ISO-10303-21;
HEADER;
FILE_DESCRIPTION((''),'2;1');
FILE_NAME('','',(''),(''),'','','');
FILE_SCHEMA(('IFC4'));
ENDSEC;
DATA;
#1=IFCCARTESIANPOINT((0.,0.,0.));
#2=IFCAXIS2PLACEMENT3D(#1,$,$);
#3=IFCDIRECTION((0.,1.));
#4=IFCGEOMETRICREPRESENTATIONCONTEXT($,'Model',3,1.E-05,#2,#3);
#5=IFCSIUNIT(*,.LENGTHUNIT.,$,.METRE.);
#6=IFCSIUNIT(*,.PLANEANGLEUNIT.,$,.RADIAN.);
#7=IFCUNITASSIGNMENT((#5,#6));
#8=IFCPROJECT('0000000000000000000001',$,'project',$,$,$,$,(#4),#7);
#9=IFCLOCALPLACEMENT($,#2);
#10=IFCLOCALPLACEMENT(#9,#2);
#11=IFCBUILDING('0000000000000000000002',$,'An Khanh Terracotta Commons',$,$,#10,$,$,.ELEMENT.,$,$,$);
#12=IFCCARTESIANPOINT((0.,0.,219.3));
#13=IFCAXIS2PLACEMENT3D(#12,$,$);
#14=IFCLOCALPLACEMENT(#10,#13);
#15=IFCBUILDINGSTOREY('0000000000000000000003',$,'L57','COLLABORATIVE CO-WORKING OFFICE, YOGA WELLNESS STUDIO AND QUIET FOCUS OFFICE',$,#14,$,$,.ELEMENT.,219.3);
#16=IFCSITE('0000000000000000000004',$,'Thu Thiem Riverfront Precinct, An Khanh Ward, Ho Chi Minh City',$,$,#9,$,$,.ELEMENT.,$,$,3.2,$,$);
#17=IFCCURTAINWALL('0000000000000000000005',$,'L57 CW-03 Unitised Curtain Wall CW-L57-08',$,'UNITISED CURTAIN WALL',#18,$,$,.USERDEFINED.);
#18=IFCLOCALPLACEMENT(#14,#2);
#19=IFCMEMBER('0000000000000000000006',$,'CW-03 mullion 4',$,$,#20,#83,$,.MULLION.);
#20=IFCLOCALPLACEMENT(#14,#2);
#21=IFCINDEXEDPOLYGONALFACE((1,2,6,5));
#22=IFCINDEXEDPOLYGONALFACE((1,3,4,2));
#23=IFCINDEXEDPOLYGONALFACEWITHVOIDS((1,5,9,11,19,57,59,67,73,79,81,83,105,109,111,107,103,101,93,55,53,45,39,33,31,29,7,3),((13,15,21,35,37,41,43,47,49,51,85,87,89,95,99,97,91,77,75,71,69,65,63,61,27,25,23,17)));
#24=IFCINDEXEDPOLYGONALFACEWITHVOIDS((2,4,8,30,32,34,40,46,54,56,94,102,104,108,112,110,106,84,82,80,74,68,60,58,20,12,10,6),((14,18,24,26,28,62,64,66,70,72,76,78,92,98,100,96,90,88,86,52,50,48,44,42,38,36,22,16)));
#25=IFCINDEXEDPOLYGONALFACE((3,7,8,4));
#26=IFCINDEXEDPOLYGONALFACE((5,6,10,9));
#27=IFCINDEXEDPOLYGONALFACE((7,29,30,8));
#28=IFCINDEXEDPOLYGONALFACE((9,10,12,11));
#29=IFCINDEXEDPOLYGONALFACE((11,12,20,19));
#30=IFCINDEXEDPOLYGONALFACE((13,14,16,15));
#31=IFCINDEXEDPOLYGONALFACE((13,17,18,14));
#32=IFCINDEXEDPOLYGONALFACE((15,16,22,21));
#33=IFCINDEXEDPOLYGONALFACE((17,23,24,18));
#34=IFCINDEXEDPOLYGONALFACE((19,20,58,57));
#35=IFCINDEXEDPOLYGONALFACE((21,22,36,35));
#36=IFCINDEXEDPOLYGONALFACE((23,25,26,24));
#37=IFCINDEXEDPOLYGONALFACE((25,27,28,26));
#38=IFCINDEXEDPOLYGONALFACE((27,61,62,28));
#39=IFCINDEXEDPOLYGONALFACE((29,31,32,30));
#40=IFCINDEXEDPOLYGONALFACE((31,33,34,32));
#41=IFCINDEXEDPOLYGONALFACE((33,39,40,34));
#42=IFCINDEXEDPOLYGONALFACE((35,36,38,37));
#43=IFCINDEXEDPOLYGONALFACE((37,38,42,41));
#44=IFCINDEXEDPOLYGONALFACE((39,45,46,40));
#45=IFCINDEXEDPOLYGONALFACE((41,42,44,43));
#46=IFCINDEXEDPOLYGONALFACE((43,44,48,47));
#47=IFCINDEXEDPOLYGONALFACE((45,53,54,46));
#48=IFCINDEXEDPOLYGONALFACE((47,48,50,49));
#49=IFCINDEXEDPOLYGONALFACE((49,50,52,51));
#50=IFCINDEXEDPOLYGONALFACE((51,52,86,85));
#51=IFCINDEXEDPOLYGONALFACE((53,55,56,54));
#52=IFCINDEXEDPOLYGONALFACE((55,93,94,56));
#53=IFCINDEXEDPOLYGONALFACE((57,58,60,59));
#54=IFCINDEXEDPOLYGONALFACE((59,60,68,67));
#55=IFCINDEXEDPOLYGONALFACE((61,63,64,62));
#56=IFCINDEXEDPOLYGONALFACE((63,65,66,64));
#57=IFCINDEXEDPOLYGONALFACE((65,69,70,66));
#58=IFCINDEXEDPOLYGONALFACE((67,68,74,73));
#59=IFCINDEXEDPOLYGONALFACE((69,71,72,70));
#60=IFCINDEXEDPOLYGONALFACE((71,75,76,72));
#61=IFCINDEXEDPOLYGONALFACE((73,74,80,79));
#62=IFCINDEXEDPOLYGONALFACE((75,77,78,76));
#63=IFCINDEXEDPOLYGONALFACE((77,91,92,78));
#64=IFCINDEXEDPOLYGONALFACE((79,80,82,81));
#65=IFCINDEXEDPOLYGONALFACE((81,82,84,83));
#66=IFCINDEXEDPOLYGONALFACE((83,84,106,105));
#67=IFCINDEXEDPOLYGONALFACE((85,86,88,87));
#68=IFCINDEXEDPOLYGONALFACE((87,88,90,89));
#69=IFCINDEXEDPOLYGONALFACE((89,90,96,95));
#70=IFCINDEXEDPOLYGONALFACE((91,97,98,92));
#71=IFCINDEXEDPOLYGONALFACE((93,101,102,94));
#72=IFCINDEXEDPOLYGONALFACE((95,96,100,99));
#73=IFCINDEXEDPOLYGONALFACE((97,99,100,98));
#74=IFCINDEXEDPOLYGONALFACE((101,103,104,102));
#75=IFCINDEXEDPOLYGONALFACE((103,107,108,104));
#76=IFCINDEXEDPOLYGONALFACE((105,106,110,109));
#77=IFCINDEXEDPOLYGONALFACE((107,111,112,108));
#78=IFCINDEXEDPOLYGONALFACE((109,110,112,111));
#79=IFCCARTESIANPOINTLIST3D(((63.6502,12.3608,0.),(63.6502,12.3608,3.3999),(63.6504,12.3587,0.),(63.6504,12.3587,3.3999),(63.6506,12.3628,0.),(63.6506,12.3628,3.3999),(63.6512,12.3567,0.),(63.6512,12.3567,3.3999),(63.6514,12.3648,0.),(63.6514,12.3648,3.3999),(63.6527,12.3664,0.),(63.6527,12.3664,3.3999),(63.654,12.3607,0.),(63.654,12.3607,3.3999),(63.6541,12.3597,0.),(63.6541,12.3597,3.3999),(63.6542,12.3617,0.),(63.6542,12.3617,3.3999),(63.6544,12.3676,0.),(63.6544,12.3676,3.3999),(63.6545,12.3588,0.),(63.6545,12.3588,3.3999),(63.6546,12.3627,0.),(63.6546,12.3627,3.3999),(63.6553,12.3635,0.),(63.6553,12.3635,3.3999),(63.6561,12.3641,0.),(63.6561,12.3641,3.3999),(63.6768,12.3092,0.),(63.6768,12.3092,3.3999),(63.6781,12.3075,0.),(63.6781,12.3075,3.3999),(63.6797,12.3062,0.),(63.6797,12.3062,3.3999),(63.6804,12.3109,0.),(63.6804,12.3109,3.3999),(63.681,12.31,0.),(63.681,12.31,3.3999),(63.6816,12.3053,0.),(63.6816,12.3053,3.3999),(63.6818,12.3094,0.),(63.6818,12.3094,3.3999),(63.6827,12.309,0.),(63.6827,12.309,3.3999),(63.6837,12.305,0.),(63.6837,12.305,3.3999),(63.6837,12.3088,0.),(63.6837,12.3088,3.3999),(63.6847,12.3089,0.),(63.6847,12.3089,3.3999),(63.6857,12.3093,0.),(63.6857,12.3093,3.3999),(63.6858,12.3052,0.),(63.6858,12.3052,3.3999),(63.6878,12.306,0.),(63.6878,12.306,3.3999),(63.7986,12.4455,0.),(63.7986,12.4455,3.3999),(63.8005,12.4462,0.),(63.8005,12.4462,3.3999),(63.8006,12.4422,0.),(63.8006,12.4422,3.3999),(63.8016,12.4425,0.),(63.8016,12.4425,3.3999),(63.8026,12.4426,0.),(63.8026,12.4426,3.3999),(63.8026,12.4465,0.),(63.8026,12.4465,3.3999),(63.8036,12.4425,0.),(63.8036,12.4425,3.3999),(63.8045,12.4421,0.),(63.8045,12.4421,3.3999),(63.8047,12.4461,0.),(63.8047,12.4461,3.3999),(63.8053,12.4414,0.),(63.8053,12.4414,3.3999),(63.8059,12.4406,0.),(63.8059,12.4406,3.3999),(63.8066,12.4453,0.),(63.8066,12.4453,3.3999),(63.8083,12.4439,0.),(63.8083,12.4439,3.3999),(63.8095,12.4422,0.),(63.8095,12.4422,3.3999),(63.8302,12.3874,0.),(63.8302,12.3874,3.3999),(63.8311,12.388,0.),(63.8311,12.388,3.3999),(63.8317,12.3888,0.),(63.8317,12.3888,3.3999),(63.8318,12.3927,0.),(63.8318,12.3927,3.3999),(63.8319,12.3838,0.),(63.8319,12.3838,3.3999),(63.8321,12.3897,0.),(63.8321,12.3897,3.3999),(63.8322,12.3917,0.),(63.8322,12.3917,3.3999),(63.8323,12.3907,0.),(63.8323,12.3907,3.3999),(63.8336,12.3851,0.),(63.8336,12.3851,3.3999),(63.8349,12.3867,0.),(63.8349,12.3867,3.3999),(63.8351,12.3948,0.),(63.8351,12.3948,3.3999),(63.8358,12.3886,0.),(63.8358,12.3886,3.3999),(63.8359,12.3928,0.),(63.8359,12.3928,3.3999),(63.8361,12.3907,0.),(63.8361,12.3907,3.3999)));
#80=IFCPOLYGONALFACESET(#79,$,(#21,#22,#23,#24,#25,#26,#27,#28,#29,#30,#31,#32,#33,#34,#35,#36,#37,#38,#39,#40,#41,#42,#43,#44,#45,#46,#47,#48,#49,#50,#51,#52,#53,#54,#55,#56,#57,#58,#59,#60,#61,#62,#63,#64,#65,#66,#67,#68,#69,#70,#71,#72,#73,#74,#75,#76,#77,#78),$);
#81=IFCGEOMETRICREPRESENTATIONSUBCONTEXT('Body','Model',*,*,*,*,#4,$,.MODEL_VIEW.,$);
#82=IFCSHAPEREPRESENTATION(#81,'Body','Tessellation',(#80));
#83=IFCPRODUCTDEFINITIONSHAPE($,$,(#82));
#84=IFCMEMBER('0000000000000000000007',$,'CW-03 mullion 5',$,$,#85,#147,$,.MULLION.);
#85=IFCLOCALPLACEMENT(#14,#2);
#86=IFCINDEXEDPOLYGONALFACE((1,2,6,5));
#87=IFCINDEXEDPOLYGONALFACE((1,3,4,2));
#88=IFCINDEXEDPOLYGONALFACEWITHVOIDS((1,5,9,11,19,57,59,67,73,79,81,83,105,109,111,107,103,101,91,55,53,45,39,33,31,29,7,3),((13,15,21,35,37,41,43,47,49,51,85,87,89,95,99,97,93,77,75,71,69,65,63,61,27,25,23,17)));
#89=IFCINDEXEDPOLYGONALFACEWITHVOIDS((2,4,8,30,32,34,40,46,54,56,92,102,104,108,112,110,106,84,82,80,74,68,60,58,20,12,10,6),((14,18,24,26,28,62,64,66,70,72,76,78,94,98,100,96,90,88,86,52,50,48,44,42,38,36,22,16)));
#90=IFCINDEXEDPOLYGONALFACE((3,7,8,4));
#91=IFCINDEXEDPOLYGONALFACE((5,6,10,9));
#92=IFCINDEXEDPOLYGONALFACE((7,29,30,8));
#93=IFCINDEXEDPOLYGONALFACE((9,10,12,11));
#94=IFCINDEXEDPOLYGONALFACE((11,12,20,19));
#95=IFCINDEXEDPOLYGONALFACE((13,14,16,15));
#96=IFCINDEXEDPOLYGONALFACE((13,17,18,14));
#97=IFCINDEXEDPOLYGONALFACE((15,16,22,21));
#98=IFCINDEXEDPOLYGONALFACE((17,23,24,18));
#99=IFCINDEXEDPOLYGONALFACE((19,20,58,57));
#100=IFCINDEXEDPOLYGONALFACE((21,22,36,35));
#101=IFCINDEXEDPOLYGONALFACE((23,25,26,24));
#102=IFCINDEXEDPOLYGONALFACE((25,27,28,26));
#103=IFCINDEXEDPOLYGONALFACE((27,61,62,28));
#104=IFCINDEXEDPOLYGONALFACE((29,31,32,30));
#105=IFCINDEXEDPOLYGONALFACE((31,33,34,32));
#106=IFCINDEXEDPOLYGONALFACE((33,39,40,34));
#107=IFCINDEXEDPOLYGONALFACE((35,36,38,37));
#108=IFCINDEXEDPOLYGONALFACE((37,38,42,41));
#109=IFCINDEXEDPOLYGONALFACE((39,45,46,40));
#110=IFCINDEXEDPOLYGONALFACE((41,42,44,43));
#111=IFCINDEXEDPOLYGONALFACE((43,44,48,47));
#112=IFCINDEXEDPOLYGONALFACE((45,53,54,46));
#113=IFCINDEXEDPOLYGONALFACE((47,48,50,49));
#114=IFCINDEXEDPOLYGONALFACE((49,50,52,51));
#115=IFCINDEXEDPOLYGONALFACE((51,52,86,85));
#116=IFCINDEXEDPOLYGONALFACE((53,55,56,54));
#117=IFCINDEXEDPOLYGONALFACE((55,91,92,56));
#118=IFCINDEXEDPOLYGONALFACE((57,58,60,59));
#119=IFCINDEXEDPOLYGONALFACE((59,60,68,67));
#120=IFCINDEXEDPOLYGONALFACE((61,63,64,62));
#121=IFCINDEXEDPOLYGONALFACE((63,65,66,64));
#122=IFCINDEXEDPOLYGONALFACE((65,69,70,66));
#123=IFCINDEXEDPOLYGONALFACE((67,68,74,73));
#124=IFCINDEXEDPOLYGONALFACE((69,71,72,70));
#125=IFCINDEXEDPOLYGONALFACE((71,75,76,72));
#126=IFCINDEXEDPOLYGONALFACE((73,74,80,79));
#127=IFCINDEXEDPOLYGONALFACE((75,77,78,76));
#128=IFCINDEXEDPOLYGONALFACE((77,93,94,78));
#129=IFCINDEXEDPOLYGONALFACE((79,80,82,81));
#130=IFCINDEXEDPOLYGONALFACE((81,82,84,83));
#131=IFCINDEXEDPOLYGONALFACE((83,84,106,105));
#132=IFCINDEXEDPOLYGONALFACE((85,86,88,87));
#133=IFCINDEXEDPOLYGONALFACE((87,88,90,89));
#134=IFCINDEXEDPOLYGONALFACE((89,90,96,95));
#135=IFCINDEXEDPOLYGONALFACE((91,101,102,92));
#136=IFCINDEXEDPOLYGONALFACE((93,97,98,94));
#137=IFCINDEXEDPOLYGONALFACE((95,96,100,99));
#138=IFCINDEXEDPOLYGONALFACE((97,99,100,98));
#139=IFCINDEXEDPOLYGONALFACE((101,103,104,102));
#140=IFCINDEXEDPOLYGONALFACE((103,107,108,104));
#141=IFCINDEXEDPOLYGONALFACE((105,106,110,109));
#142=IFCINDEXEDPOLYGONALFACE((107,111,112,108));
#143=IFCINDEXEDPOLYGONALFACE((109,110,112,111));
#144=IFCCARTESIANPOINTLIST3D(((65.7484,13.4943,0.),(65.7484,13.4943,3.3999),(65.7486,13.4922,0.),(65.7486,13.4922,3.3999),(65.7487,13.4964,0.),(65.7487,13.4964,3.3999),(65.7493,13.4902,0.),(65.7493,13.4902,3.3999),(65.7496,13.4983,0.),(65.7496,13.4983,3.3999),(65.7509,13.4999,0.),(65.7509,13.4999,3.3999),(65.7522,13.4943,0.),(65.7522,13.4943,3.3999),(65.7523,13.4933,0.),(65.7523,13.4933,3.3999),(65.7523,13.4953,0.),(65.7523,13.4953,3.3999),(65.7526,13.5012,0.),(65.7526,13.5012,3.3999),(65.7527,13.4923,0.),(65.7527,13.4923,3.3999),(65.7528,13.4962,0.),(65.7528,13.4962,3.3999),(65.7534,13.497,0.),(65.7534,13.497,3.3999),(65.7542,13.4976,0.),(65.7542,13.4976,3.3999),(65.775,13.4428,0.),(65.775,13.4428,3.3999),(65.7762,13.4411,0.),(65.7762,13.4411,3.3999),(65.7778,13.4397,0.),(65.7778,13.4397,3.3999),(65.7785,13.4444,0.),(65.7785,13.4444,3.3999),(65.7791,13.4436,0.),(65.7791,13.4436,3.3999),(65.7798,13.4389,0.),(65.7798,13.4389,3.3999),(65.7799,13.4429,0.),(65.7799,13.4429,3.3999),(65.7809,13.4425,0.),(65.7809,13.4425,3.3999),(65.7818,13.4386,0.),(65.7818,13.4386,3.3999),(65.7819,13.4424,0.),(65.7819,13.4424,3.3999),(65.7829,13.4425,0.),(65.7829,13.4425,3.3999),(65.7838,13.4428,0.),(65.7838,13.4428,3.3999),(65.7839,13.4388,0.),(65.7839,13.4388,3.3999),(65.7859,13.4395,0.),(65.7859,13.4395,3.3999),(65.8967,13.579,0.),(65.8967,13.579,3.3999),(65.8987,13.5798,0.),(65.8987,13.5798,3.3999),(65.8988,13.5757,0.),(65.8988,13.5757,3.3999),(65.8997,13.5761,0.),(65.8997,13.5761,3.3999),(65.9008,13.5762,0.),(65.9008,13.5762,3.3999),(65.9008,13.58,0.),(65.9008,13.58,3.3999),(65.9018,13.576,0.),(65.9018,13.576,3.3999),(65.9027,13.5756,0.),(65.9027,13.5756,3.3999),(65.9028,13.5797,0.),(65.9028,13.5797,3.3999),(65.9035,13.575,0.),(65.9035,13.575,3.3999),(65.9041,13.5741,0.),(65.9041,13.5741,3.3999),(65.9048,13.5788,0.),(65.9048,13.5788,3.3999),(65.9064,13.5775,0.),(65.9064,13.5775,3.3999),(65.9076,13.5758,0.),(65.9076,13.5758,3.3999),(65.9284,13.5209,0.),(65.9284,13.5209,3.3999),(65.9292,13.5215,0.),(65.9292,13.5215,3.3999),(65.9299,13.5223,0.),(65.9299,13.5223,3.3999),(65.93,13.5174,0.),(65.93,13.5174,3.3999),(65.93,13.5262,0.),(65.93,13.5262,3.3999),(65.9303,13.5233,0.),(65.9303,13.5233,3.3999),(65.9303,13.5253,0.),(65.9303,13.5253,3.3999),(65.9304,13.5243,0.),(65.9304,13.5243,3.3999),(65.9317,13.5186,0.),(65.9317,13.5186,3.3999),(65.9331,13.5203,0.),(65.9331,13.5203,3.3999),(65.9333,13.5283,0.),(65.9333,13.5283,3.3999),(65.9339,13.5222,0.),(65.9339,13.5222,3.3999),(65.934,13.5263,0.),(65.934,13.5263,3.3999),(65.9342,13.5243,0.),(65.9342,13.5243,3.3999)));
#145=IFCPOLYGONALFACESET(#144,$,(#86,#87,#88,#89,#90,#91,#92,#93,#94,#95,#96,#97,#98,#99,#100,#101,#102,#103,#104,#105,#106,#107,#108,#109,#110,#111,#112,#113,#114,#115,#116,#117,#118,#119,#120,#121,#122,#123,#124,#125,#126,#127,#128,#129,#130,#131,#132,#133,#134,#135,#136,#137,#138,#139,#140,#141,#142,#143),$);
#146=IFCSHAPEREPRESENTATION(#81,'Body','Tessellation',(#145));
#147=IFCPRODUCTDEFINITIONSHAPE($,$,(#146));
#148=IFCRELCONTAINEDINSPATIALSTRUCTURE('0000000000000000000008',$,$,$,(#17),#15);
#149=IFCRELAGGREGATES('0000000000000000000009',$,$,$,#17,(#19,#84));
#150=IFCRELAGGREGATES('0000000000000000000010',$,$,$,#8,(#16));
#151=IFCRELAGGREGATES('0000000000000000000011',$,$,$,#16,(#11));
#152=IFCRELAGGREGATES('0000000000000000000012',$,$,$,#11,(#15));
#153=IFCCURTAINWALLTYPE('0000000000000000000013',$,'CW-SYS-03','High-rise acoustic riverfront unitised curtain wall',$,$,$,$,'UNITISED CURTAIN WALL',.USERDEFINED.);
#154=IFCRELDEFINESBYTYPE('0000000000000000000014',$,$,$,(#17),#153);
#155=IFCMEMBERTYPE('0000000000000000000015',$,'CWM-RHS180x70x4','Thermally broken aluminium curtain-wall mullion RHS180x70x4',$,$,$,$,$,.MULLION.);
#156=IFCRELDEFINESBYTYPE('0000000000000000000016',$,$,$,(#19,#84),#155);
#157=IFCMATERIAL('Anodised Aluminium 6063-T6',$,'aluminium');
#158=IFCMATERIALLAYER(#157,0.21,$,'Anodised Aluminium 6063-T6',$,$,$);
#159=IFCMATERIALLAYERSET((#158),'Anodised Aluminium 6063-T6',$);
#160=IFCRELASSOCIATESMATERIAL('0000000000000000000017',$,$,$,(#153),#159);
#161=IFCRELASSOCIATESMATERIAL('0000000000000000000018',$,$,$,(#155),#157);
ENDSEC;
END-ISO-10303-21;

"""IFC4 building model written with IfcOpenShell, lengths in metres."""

from ifc_helpers import new_model, si_unit, direction, frame, origin, origin_2d, place, context, subcontext, project, spatial, hollow_rectangle, extrude, material, layer, layer_set, material_profile, profile_set, type_object, element, aggregate, save


model = new_model("IFC4")

# Units and contexts
model_context = context("Model", 3, precision=1e-05, world=origin(), true_north=direction((0.0, 1.0)))
body_context = subcontext(model_context, "Body", "Model", "MODEL_VIEW")
ifc_project = project(units=[si_unit("LENGTHUNIT", "METRE"), si_unit("PLANEANGLEUNIT", "RADIAN")], contexts=[model_context])

# Site, building, storey
site_placement = place(None, origin())
site = spatial("IfcSite", under=ifc_project, at=site_placement, Name="Thu Thiem Riverfront Precinct, An Khanh Ward, Ho Chi Minh City", CompositionType="ELEMENT", RefElevation=3.2)
building_placement = place(site_placement, origin())
building = spatial("IfcBuilding", under=site, at=building_placement, Name="An Khanh Terracotta Commons", CompositionType="ELEMENT")
storey_placement = place(building_placement, frame((0.0, 0.0, 219.3)))
storey = spatial("IfcBuildingStorey", under=building, at=storey_placement, Name="L57", Description="COLLABORATIVE CO-WORKING OFFICE, YOGA WELLNESS STUDIO AND QUIET FOCUS OFFICE", CompositionType="ELEMENT", Elevation=219.3)

# Curtain wall, members
ifc_material_1 = material(Name="Anodised Aluminium 6063-T6", Category="aluminium")
ifc_layer_1 = layer(ifc_material_1, 0.21, Name="Anodised Aluminium 6063-T6")
ifc_layer_set_1 = layer_set([ifc_layer_1], Name="Anodised Aluminium 6063-T6")
curtain_wall_type_1 = type_object("IfcCurtainWallType", Name="CW-SYS-03", Description="High-rise acoustic riverfront unitised curtain wall", ElementType="UNITISED CURTAIN WALL", PredefinedType="USERDEFINED", material=ifc_layer_set_1)
curtain_wall_1_placement = place(storey_placement, origin())
curtain_wall_1 = element("IfcCurtainWall", 1, at=curtain_wall_1_placement, inside=storey, type_object=curtain_wall_type_1, Name="L57 CW-03 Unitised Curtain Wall CW-L57-08", ObjectType="UNITISED CURTAIN WALL", PredefinedType="USERDEFINED")
ifc_material_profile_1 = material_profile(ifc_material_1, hollow_rectangle(XDim=0.0701, YDim=0.1799, WallThickness=0.0039, InnerFilletRadius=0.0039, OuterFilletRadius=0.0081, at=origin_2d()), Name="RHS180x70x4")
ifc_profile_set_1 = profile_set([ifc_material_profile_1], Name="Anodised Aluminium 6063-T6")
member_type_1 = type_object("IfcMemberType", Name="CWM-RHS180x70x4", Description="Thermally broken aluminium curtain-wall mullion RHS180x70x4", PredefinedType="MULLION", material=ifc_profile_set_1)
member_1_placement = place(storey_placement, frame((63.7432, 12.3757, 0.0), z_axis=(0.0, 0.0, 1.0), x_axis=(-0.475381, 0.87978, 0.0)))
member_1 = element("IfcMember", 2, at=member_1_placement, type_object=member_type_1, Name="CW-03 mullion 4", PredefinedType="MULLION", context=body_context, shape_type="SweptSolid", body=[
    extrude(hollow_rectangle(XDim=0.0701, YDim=0.1799, WallThickness=0.0039, InnerFilletRadius=0.0039, OuterFilletRadius=0.0081, at=origin_2d()), origin(), (0.0, 0.0, 1.0), 3.3999),
])
member_2_placement = place(storey_placement, frame((65.8413, 13.5093, 0.0), z_axis=(0.0, 0.0, 1.0), x_axis=(-0.475381, 0.87978, 0.0)))
member_2 = element("IfcMember", 3, at=member_2_placement, type_object=member_type_1, Name="CW-03 mullion 5", PredefinedType="MULLION", context=body_context, shape_type="SweptSolid", body=[
    extrude(hollow_rectangle(XDim=0.0701, YDim=0.1799, WallThickness=0.0039, InnerFilletRadius=0.0039, OuterFilletRadius=0.0081, at=origin_2d()), origin(), (0.0, 0.0, 1.0), 3.3999),
])

aggregate(curtain_wall_1, [member_1, member_2])

save(model, "model.ifc")
